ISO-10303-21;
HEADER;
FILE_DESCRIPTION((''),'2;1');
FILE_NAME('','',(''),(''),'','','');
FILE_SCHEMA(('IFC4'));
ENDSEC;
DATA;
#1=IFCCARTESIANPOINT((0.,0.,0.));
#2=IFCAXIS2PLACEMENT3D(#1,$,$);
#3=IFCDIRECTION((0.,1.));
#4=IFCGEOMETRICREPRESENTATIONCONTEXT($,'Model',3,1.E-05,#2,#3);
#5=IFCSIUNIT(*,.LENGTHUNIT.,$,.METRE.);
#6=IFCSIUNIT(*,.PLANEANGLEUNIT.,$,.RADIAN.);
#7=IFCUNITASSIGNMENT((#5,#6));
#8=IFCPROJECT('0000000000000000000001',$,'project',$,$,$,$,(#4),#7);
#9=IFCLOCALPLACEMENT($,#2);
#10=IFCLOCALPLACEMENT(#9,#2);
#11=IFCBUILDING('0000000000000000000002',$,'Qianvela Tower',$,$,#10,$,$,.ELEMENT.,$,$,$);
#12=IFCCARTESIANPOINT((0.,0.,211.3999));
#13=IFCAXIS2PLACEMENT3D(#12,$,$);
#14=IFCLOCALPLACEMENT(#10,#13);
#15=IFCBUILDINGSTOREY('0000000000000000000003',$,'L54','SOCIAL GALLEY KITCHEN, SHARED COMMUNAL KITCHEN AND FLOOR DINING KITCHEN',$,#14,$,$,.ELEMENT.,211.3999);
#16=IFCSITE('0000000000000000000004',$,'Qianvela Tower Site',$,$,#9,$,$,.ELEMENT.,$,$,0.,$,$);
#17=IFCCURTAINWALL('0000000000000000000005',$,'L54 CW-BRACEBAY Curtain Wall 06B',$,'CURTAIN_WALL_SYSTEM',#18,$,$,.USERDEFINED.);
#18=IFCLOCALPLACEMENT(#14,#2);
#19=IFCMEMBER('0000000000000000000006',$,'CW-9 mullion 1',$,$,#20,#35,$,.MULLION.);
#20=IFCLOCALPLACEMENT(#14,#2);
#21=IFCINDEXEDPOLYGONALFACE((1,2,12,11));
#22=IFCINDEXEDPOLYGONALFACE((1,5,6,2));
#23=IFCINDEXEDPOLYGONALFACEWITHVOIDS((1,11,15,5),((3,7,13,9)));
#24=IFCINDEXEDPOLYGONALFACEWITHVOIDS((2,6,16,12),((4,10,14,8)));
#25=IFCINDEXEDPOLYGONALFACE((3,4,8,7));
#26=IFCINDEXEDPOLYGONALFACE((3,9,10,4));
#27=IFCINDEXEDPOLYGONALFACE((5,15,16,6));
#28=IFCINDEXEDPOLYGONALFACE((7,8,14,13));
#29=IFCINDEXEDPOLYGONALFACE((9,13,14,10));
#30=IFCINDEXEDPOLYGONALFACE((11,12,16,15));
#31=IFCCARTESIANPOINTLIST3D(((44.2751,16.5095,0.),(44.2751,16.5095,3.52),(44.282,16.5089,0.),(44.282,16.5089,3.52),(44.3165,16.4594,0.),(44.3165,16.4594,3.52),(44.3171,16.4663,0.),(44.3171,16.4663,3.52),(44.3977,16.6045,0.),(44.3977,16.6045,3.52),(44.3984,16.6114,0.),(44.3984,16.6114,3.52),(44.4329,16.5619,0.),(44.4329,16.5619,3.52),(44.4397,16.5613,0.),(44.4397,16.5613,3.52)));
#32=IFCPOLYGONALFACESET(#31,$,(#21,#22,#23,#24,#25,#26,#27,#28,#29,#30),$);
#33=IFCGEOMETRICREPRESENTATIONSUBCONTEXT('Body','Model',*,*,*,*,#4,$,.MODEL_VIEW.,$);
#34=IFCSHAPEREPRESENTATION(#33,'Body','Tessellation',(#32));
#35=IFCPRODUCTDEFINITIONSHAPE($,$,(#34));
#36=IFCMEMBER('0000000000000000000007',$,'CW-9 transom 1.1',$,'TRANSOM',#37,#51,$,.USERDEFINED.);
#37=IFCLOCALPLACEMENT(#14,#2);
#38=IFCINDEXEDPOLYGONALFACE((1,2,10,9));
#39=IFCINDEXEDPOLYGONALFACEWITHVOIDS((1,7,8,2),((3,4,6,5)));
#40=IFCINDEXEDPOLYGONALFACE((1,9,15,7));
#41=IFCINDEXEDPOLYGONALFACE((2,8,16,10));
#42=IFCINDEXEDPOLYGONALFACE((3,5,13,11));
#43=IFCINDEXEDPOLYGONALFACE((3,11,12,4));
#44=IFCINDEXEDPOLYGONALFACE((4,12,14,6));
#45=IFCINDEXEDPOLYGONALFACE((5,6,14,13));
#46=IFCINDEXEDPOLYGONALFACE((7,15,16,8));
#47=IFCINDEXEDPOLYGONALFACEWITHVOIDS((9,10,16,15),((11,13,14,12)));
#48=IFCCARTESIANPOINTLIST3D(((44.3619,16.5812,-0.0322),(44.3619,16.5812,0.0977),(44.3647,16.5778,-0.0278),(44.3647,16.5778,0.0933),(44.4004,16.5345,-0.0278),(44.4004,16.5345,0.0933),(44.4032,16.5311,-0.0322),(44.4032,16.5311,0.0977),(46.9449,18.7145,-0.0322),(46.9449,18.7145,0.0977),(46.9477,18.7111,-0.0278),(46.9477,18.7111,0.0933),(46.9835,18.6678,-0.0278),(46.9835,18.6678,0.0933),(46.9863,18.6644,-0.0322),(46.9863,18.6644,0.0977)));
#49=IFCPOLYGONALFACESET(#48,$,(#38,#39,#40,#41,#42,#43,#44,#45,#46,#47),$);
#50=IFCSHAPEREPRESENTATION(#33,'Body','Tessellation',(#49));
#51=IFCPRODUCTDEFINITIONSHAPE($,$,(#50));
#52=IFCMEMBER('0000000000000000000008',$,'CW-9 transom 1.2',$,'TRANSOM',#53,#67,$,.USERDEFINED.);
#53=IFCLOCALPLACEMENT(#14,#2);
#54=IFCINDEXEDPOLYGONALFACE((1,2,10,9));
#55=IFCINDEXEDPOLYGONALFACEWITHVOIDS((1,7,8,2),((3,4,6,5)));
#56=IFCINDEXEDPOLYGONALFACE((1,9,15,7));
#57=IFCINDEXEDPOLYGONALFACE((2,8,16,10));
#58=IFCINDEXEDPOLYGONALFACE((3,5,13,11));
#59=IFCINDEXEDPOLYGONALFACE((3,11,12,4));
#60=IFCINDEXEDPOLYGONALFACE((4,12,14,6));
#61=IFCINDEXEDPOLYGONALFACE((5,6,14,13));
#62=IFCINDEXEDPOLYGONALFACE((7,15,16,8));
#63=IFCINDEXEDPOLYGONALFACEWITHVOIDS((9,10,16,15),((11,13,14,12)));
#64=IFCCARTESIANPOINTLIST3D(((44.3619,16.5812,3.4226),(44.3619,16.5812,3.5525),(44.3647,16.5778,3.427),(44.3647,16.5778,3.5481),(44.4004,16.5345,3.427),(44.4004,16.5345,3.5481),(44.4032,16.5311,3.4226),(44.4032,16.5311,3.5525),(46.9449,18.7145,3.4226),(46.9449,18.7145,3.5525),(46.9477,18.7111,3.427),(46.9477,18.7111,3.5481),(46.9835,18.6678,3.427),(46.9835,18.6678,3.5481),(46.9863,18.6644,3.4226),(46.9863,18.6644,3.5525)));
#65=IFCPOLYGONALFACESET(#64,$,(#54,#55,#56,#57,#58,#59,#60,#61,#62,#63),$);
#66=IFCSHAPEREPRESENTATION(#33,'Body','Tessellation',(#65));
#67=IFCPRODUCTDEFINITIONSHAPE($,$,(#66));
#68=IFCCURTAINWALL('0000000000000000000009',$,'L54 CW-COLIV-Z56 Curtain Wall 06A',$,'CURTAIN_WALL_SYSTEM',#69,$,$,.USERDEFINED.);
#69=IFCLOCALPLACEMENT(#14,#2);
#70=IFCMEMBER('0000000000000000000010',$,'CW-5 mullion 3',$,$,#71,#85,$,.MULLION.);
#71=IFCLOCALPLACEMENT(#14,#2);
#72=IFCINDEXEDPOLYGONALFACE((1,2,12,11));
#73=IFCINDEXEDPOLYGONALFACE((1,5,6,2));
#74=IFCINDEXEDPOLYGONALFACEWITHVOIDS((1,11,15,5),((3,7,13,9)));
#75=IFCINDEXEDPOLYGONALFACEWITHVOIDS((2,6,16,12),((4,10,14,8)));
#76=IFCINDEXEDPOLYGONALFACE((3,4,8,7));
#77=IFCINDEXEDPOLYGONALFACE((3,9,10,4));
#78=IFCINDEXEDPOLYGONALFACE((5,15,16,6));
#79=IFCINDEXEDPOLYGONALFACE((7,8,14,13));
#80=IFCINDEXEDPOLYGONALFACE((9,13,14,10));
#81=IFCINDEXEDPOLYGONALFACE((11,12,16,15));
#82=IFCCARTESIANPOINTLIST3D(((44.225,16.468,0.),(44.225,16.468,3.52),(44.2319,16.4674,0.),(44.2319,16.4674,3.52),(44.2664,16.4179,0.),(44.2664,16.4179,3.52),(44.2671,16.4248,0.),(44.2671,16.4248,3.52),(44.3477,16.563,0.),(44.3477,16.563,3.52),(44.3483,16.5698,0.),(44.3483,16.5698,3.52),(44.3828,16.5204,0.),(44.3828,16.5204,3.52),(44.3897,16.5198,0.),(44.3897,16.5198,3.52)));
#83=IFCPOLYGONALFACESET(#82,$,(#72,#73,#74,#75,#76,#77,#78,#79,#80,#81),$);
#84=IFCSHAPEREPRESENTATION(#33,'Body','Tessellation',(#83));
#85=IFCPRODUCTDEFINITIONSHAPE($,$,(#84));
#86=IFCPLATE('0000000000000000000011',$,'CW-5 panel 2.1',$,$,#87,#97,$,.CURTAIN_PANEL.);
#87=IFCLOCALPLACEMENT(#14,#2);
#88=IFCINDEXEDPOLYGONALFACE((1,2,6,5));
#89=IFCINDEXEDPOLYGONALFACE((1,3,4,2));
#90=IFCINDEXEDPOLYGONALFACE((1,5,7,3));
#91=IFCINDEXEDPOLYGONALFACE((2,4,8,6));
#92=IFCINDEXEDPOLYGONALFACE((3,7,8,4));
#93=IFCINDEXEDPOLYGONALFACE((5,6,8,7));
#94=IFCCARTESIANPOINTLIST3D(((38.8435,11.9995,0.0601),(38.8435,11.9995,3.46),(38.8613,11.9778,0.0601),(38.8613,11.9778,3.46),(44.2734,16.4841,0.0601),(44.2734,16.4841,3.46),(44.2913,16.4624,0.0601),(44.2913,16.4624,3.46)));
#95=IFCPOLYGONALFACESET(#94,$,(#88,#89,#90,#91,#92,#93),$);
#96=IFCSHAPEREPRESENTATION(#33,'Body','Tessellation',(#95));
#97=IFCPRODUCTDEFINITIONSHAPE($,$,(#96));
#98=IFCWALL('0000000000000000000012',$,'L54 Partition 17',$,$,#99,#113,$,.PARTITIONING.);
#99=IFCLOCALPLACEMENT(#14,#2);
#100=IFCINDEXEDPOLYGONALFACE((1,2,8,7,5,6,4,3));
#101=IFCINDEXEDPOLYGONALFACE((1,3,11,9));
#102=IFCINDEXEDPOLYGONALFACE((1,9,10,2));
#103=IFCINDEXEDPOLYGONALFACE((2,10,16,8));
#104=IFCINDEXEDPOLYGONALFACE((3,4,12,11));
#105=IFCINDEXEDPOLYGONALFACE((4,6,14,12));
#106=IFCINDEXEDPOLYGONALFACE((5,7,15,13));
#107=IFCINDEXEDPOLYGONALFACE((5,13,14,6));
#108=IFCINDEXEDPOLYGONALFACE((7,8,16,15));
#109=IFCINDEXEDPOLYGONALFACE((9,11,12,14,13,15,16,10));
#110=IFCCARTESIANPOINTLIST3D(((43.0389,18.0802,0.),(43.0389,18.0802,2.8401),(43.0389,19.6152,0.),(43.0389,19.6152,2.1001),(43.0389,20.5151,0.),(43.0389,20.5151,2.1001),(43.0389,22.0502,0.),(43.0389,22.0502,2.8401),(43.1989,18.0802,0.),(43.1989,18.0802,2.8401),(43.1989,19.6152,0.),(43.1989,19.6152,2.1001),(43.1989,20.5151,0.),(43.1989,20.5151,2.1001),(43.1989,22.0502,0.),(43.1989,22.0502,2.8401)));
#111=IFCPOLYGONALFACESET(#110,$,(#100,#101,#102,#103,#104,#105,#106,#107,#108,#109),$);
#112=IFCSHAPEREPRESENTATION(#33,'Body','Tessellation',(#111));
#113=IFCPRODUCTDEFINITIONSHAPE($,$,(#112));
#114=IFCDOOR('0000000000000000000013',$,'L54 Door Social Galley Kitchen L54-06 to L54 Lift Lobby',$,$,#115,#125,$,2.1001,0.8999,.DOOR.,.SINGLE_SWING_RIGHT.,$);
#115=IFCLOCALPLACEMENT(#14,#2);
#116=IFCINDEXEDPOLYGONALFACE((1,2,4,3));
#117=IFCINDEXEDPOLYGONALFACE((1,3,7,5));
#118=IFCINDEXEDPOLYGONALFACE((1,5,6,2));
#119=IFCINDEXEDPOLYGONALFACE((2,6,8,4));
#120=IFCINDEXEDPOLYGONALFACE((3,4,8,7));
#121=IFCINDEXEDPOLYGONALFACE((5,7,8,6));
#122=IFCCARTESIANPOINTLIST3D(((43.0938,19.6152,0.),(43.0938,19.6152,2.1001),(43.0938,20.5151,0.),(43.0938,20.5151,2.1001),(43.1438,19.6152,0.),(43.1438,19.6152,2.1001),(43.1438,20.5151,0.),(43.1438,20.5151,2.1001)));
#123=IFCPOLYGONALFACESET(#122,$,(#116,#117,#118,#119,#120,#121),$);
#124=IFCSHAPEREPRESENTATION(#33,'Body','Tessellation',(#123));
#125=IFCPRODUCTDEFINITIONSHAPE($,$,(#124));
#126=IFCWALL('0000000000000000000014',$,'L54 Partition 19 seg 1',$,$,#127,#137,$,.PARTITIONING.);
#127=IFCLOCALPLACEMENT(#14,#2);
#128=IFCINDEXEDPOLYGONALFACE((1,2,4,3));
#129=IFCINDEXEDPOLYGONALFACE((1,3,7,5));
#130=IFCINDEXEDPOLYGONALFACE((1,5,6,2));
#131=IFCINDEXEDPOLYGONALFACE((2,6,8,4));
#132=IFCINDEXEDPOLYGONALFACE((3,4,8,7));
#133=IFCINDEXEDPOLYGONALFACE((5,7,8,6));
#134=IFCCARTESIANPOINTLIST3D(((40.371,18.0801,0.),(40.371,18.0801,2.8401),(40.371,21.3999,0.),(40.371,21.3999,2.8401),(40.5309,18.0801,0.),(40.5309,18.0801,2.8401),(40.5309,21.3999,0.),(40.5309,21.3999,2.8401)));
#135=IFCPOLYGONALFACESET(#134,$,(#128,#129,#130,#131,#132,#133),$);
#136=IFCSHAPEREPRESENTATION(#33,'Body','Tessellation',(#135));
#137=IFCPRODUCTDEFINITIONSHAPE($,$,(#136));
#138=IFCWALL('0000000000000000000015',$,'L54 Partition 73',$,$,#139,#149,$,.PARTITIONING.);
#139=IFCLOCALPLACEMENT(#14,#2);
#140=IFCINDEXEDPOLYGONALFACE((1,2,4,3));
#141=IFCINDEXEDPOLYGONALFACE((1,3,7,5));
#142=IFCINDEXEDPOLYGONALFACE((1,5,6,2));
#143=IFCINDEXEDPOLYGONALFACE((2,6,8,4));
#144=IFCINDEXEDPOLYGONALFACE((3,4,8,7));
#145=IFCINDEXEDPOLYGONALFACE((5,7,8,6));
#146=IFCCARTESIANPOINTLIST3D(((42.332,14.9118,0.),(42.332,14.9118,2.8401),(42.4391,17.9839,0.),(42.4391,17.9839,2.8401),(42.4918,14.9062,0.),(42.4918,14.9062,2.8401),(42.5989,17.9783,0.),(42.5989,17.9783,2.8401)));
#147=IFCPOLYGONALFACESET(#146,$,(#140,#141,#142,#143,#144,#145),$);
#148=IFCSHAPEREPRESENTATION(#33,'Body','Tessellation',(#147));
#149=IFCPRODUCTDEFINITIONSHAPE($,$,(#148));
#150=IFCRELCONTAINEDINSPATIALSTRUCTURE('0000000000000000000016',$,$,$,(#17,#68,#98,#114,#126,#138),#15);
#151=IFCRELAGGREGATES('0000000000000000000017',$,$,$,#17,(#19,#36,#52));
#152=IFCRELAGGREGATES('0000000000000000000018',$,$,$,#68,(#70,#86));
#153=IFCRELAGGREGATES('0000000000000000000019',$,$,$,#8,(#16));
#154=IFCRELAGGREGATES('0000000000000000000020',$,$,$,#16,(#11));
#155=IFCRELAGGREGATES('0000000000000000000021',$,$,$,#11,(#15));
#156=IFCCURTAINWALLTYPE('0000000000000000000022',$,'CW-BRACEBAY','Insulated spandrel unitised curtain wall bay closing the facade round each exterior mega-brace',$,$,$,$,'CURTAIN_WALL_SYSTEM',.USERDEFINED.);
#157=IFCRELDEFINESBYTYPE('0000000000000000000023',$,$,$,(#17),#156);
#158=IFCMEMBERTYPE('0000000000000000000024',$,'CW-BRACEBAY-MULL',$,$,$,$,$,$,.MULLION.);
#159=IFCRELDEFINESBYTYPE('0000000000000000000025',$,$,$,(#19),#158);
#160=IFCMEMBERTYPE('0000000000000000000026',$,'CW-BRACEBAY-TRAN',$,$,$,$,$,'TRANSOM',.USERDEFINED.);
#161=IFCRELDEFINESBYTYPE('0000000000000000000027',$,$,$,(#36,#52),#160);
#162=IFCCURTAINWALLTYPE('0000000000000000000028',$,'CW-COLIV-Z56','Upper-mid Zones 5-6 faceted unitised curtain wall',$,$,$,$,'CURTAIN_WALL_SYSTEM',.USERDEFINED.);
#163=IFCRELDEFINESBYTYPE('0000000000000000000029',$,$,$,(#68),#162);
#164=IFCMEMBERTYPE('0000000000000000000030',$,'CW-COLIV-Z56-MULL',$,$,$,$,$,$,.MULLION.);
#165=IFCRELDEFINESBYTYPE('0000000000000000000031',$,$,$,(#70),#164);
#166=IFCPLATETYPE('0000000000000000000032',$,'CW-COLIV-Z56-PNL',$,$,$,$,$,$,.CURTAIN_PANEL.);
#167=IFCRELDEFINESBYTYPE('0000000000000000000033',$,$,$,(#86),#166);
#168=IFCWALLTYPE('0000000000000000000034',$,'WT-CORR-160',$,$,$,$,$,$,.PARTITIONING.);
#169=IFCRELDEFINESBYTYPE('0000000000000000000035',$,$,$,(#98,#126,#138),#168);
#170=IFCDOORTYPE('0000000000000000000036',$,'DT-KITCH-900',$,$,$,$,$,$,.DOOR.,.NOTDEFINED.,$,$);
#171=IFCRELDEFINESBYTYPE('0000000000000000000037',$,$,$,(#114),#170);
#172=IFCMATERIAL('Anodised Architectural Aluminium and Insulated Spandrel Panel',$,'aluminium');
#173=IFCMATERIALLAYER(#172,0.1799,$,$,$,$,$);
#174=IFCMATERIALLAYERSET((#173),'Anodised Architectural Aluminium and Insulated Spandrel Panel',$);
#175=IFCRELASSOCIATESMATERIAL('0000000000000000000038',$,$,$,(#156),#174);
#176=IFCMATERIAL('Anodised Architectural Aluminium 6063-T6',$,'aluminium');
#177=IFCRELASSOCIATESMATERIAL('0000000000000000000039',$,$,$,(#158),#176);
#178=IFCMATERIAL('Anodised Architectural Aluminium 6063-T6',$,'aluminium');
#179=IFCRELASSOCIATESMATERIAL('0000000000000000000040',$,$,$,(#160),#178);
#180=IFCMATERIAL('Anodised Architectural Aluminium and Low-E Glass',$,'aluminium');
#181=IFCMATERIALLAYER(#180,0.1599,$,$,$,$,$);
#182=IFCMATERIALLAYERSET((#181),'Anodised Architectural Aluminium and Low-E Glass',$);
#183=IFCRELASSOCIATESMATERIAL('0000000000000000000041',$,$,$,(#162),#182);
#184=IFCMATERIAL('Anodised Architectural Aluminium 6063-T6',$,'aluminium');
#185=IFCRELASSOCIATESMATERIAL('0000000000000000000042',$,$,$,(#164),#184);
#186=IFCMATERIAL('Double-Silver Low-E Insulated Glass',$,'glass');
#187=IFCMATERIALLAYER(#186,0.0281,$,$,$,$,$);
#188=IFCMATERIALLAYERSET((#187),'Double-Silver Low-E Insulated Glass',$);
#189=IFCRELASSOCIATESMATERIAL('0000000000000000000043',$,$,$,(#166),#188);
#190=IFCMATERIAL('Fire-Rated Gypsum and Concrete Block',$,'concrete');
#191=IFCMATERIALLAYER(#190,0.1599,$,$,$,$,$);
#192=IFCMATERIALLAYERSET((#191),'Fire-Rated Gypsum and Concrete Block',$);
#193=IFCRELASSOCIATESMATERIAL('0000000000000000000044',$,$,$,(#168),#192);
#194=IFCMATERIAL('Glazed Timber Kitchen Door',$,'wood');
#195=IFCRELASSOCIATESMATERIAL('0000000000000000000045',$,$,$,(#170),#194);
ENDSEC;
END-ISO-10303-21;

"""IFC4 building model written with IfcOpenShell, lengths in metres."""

from ifc_helpers import new_model, si_unit, direction, frame, frame_2d, origin, origin_2d, place, context, subcontext, project, spatial, rectangle, hollow_rectangle, extrude, material, layer, layer_set, material_profile, profile_set, type_object, element, fill, aggregate, save


model = new_model("IFC4")

# Units and contexts
model_context = context("Model", 3, precision=1e-05, world=origin(), true_north=direction((0.0, 1.0)))
body_context = subcontext(model_context, "Body", "Model", "MODEL_VIEW")
ifc_project = project(units=[si_unit("LENGTHUNIT", "METRE"), si_unit("PLANEANGLEUNIT", "RADIAN")], contexts=[model_context])

# Site, building, storey
site_placement = place(None, origin())
site = spatial("IfcSite", under=ifc_project, at=site_placement, Name="Qianvela Tower Site", CompositionType="ELEMENT", RefElevation=0.0)
building_placement = place(site_placement, origin())
building = spatial("IfcBuilding", under=site, at=building_placement, Name="Qianvela Tower", CompositionType="ELEMENT")
storey_placement = place(building_placement, frame((0.0, 0.0, 211.3999)))
storey = spatial("IfcBuildingStorey", under=building, at=storey_placement, Name="L54", Description="SOCIAL GALLEY KITCHEN, SHARED COMMUNAL KITCHEN AND FLOOR DINING KITCHEN", CompositionType="ELEMENT", Elevation=211.3999)

# Curtain wall, members
ifc_material_1 = material(Name="Anodised Architectural Aluminium and Insulated Spandrel Panel", Category="aluminium")
ifc_layer_1 = layer(ifc_material_1, 0.1799)
ifc_layer_set_1 = layer_set([ifc_layer_1], Name="Anodised Architectural Aluminium and Insulated Spandrel Panel")
curtain_wall_type_1 = type_object("IfcCurtainWallType", Name="CW-BRACEBAY", Description="Insulated spandrel unitised curtain wall bay closing the facade round each exterior mega-brace", ElementType="CURTAIN_WALL_SYSTEM", PredefinedType="USERDEFINED", material=ifc_layer_set_1)
curtain_wall_1_placement = place(storey_placement, origin())
curtain_wall_1 = element("IfcCurtainWall", 1, at=curtain_wall_1_placement, inside=storey, type_object=curtain_wall_type_1, Name="L54 CW-BRACEBAY Curtain Wall 06B", ObjectType="CURTAIN_WALL_SYSTEM", PredefinedType="USERDEFINED")
ifc_material_2 = material(Name="Anodised Architectural Aluminium 6063-T6", Category="aluminium")
ifc_material_profile_1 = material_profile(ifc_material_2, hollow_rectangle(XDim=0.0649, YDim=0.1599, WallThickness=0.0049, at=origin_2d()), Name="ALU-MULL-65x160")
ifc_profile_set_1 = profile_set([ifc_material_profile_1], Name="Anodised Architectural Aluminium 6063-T6")
member_type_1 = type_object("IfcMemberType", Name="CW-BRACEBAY-MULL", PredefinedType="MULLION", material=ifc_profile_set_1)
member_1_placement = place(storey_placement, frame((44.3574, 16.5354, 0.0), z_axis=(0.0, 0.0, 1.0), x_axis=(-0.636803, 0.771026, 0.0)))
member_1 = element("IfcMember", 2, at=member_1_placement, type_object=member_type_1, Name="CW-9 mullion 1", PredefinedType="MULLION", context=body_context, shape_type="SweptSolid", body=[
    extrude(hollow_rectangle(XDim=0.0649, YDim=0.1599, WallThickness=0.0049, at=origin_2d()), origin(), (0.0, 0.0, 1.0), 3.52),
])
ifc_material_3 = material(Name="Anodised Architectural Aluminium 6063-T6", Category="aluminium")
ifc_material_profile_2 = material_profile(ifc_material_3, hollow_rectangle(XDim=0.0649, YDim=0.1299, WallThickness=0.0044, at=origin_2d()), Name="ALU-TRAN-65x130")
ifc_profile_set_2 = profile_set([ifc_material_profile_2], Name="Anodised Architectural Aluminium 6063-T6")
member_type_2 = type_object("IfcMemberType", Name="CW-BRACEBAY-TRAN", ElementType="TRANSOM", PredefinedType="USERDEFINED", material=ifc_profile_set_2)
member_2_placement = place(storey_placement, frame((44.3826, 16.5562, 0.0327), z_axis=(0.771033, 0.636795, 0.0), x_axis=(-0.636795, 0.771033, 0.0)))
member_2 = element("IfcMember", 3, at=member_2_placement, type_object=member_type_2, Name="CW-9 transom 1.1", ObjectType="TRANSOM", PredefinedType="USERDEFINED", context=body_context, shape_type="SweptSolid", body=[
    extrude(hollow_rectangle(XDim=0.0649, YDim=0.1299, WallThickness=0.0044, at=origin_2d()), origin(), (0.0, 0.0, 1.0), 3.3501),
])
member_3_placement = place(storey_placement, frame((44.3826, 16.5562, 3.4875), z_axis=(0.771033, 0.636795, 0.0), x_axis=(-0.636795, 0.771033, 0.0)))
member_3 = element("IfcMember", 4, at=member_3_placement, type_object=member_type_2, Name="CW-9 transom 1.2", ObjectType="TRANSOM", PredefinedType="USERDEFINED", context=body_context, shape_type="SweptSolid", body=[
    extrude(hollow_rectangle(XDim=0.0649, YDim=0.1299, WallThickness=0.0044, at=origin_2d()), origin(), (0.0, 0.0, 1.0), 3.3501),
])
aggregate(curtain_wall_1, [member_1, member_2, member_3])

# Curtain wall, member, plate
ifc_material_4 = material(Name="Anodised Architectural Aluminium and Low-E Glass", Category="aluminium")
ifc_layer_2 = layer(ifc_material_4, 0.1599)
ifc_layer_set_2 = layer_set([ifc_layer_2], Name="Anodised Architectural Aluminium and Low-E Glass")
curtain_wall_type_2 = type_object("IfcCurtainWallType", Name="CW-COLIV-Z56", Description="Upper-mid Zones 5-6 faceted unitised curtain wall", ElementType="CURTAIN_WALL_SYSTEM", PredefinedType="USERDEFINED", material=ifc_layer_set_2)
curtain_wall_2_placement = place(storey_placement, origin())
curtain_wall_2 = element("IfcCurtainWall", 5, at=curtain_wall_2_placement, inside=storey, type_object=curtain_wall_type_2, Name="L54 CW-COLIV-Z56 Curtain Wall 06A", ObjectType="CURTAIN_WALL_SYSTEM", PredefinedType="USERDEFINED")
ifc_material_5 = material(Name="Anodised Architectural Aluminium 6063-T6", Category="aluminium")
ifc_material_profile_3 = material_profile(ifc_material_5, hollow_rectangle(XDim=0.0649, YDim=0.1599, WallThickness=0.0049, at=origin_2d()), Name="ALU-MULL-65x160")
ifc_profile_set_3 = profile_set([ifc_material_profile_3], Name="Anodised Architectural Aluminium 6063-T6")
member_type_3 = type_object("IfcMemberType", Name="CW-COLIV-Z56-MULL", PredefinedType="MULLION", material=ifc_profile_set_3)
member_4_placement = place(storey_placement, frame((44.3074, 16.4939, 0.0), z_axis=(0.0, 0.0, 1.0), x_axis=(-0.636795, 0.771033, 0.0)))
member_4 = element("IfcMember", 6, at=member_4_placement, type_object=member_type_3, Name="CW-5 mullion 3", PredefinedType="MULLION", context=body_context, shape_type="SweptSolid", body=[
    extrude(hollow_rectangle(XDim=0.0649, YDim=0.1599, WallThickness=0.0049, at=origin_2d()), origin(), (0.0, 0.0, 1.0), 3.52),
])
ifc_material_6 = material(Name="Double-Silver Low-E Insulated Glass", Category="glass")
ifc_layer_3 = layer(ifc_material_6, 0.0281)
ifc_layer_set_3 = layer_set([ifc_layer_3], Name="Double-Silver Low-E Insulated Glass")
plate_type = type_object("IfcPlateType", Name="CW-COLIV-Z56-PNL", PredefinedType="CURTAIN_PANEL", material=ifc_layer_set_3)
plate_placement = place(storey_placement, frame((41.5674, 14.231, 0.0601), z_axis=(0.0, 0.0, 1.0), x_axis=(0.771033, 0.636795, 0.0)))
plate = element("IfcPlate", 7, at=plate_placement, type_object=plate_type, Name="CW-5 panel 2.1", PredefinedType="CURTAIN_PANEL", context=body_context, shape_type="SweptSolid", body=[
    extrude(rectangle(XDim=7.0425, YDim=0.0281, at=origin_2d()), origin(), (0.0, 0.0, 1.0), 3.3999),
])
aggregate(curtain_wall_2, [member_4, plate])

# Wall, opening, door
ifc_material_7 = material(Name="Fire-Rated Gypsum and Concrete Block", Category="concrete")
ifc_layer_4 = layer(ifc_material_7, 0.1599)
ifc_layer_set_4 = layer_set([ifc_layer_4], Name="Fire-Rated Gypsum and Concrete Block")
wall_type_1 = type_object("IfcWallType", Name="WT-CORR-160", PredefinedType="PARTITIONING", material=ifc_layer_set_4)
wall_1_placement = place(storey_placement, frame((43.1189, 22.05, 0.0), z_axis=(0.0, 0.0, 1.0), x_axis=(0.0, -1.0, 0.0)))
wall_1 = element("IfcWall", 8, at=wall_1_placement, inside=storey, type_object=wall_type_1, Name="L54 Partition 17", PredefinedType="PARTITIONING", context=body_context, shape_type="SweptSolid", body=[
    extrude(rectangle(XDim=3.97, YDim=0.1599, at=frame_2d((1.9849, 0.0))), origin(), (0.0, 0.0, 1.0), 2.8401),
])
opening_1_placement = place(wall_1_placement, frame((1.5349, 0.0, 0.0)))
opening_1 = element("IfcOpeningElement", 9, at=opening_1_placement, cuts=wall_1, PredefinedType="OPENING", context=body_context, shape_type="SweptSolid", body=[
    extrude(rectangle(XDim=0.8999, YDim=2.1001, at=frame_2d((0.45, 1.05))), frame((0.0, 0.0898, 0.0), z_axis=(0.0, -1.0, 0.0), x_axis=(1.0, 0.0, 0.0)), (0.0, 0.0, 1.0), 0.1799),
])
ifc_material_8 = material(Name="Glazed Timber Kitchen Door", Category="wood")
door_type_1 = type_object("IfcDoorType", Name="DT-KITCH-900", OperationType="NOTDEFINED", PredefinedType="DOOR", material=ifc_material_8)
door_1_placement = place(opening_1_placement, origin())
door_1 = element("IfcDoor", 10, at=door_1_placement, inside=storey, type_object=door_type_1, Name="L54 Door Social Galley Kitchen L54-06 to L54 Lift Lobby", OperationType="SINGLE_SWING_RIGHT", OverallHeight=2.1001, OverallWidth=0.8999, PredefinedType="DOOR", context=body_context, shape_type="SweptSolid", body=[
    extrude(rectangle(XDim=0.8999, YDim=2.1001, at=frame_2d((0.45, 1.05))), frame((0.0, 0.0249, 0.0), z_axis=(0.0, -1.0, 0.0), x_axis=(1.0, 0.0, 0.0)), (0.0, 0.0, 1.0), 0.05),
])
fill(opening_1, door_1)

# Walls
wall_2_placement = place(storey_placement, frame((40.4509, 18.0801, 0.0), z_axis=(0.0, 0.0, 1.0), x_axis=(0.0, 1.0, 0.0)))
element("IfcWall", 11, at=wall_2_placement, inside=storey, type_object=wall_type_1, Name="L54 Partition 19 seg 1", PredefinedType="PARTITIONING", context=body_context, shape_type="SweptSolid", body=[
    extrude(rectangle(XDim=3.3198, YDim=0.1599, at=frame_2d((1.6599, 0.0))), origin(), (0.0, 0.0, 1.0), 2.8401),
])
wall_3_placement = place(storey_placement, frame((42.519, 17.9812, 0.0), z_axis=(0.0, 0.0, 1.0), x_axis=(-0.034867, -0.999392, 0.0)))
element("IfcWall", 12, at=wall_3_placement, inside=storey, type_object=wall_type_1, Name="L54 Partition 73", PredefinedType="PARTITIONING", context=body_context, shape_type="SweptSolid", body=[
    extrude(rectangle(XDim=3.074, YDim=0.1599, at=frame_2d((1.5371, 0.0))), origin(), (0.0, 0.0, 1.0), 2.8401),
])

save(model, "model.ifc")
